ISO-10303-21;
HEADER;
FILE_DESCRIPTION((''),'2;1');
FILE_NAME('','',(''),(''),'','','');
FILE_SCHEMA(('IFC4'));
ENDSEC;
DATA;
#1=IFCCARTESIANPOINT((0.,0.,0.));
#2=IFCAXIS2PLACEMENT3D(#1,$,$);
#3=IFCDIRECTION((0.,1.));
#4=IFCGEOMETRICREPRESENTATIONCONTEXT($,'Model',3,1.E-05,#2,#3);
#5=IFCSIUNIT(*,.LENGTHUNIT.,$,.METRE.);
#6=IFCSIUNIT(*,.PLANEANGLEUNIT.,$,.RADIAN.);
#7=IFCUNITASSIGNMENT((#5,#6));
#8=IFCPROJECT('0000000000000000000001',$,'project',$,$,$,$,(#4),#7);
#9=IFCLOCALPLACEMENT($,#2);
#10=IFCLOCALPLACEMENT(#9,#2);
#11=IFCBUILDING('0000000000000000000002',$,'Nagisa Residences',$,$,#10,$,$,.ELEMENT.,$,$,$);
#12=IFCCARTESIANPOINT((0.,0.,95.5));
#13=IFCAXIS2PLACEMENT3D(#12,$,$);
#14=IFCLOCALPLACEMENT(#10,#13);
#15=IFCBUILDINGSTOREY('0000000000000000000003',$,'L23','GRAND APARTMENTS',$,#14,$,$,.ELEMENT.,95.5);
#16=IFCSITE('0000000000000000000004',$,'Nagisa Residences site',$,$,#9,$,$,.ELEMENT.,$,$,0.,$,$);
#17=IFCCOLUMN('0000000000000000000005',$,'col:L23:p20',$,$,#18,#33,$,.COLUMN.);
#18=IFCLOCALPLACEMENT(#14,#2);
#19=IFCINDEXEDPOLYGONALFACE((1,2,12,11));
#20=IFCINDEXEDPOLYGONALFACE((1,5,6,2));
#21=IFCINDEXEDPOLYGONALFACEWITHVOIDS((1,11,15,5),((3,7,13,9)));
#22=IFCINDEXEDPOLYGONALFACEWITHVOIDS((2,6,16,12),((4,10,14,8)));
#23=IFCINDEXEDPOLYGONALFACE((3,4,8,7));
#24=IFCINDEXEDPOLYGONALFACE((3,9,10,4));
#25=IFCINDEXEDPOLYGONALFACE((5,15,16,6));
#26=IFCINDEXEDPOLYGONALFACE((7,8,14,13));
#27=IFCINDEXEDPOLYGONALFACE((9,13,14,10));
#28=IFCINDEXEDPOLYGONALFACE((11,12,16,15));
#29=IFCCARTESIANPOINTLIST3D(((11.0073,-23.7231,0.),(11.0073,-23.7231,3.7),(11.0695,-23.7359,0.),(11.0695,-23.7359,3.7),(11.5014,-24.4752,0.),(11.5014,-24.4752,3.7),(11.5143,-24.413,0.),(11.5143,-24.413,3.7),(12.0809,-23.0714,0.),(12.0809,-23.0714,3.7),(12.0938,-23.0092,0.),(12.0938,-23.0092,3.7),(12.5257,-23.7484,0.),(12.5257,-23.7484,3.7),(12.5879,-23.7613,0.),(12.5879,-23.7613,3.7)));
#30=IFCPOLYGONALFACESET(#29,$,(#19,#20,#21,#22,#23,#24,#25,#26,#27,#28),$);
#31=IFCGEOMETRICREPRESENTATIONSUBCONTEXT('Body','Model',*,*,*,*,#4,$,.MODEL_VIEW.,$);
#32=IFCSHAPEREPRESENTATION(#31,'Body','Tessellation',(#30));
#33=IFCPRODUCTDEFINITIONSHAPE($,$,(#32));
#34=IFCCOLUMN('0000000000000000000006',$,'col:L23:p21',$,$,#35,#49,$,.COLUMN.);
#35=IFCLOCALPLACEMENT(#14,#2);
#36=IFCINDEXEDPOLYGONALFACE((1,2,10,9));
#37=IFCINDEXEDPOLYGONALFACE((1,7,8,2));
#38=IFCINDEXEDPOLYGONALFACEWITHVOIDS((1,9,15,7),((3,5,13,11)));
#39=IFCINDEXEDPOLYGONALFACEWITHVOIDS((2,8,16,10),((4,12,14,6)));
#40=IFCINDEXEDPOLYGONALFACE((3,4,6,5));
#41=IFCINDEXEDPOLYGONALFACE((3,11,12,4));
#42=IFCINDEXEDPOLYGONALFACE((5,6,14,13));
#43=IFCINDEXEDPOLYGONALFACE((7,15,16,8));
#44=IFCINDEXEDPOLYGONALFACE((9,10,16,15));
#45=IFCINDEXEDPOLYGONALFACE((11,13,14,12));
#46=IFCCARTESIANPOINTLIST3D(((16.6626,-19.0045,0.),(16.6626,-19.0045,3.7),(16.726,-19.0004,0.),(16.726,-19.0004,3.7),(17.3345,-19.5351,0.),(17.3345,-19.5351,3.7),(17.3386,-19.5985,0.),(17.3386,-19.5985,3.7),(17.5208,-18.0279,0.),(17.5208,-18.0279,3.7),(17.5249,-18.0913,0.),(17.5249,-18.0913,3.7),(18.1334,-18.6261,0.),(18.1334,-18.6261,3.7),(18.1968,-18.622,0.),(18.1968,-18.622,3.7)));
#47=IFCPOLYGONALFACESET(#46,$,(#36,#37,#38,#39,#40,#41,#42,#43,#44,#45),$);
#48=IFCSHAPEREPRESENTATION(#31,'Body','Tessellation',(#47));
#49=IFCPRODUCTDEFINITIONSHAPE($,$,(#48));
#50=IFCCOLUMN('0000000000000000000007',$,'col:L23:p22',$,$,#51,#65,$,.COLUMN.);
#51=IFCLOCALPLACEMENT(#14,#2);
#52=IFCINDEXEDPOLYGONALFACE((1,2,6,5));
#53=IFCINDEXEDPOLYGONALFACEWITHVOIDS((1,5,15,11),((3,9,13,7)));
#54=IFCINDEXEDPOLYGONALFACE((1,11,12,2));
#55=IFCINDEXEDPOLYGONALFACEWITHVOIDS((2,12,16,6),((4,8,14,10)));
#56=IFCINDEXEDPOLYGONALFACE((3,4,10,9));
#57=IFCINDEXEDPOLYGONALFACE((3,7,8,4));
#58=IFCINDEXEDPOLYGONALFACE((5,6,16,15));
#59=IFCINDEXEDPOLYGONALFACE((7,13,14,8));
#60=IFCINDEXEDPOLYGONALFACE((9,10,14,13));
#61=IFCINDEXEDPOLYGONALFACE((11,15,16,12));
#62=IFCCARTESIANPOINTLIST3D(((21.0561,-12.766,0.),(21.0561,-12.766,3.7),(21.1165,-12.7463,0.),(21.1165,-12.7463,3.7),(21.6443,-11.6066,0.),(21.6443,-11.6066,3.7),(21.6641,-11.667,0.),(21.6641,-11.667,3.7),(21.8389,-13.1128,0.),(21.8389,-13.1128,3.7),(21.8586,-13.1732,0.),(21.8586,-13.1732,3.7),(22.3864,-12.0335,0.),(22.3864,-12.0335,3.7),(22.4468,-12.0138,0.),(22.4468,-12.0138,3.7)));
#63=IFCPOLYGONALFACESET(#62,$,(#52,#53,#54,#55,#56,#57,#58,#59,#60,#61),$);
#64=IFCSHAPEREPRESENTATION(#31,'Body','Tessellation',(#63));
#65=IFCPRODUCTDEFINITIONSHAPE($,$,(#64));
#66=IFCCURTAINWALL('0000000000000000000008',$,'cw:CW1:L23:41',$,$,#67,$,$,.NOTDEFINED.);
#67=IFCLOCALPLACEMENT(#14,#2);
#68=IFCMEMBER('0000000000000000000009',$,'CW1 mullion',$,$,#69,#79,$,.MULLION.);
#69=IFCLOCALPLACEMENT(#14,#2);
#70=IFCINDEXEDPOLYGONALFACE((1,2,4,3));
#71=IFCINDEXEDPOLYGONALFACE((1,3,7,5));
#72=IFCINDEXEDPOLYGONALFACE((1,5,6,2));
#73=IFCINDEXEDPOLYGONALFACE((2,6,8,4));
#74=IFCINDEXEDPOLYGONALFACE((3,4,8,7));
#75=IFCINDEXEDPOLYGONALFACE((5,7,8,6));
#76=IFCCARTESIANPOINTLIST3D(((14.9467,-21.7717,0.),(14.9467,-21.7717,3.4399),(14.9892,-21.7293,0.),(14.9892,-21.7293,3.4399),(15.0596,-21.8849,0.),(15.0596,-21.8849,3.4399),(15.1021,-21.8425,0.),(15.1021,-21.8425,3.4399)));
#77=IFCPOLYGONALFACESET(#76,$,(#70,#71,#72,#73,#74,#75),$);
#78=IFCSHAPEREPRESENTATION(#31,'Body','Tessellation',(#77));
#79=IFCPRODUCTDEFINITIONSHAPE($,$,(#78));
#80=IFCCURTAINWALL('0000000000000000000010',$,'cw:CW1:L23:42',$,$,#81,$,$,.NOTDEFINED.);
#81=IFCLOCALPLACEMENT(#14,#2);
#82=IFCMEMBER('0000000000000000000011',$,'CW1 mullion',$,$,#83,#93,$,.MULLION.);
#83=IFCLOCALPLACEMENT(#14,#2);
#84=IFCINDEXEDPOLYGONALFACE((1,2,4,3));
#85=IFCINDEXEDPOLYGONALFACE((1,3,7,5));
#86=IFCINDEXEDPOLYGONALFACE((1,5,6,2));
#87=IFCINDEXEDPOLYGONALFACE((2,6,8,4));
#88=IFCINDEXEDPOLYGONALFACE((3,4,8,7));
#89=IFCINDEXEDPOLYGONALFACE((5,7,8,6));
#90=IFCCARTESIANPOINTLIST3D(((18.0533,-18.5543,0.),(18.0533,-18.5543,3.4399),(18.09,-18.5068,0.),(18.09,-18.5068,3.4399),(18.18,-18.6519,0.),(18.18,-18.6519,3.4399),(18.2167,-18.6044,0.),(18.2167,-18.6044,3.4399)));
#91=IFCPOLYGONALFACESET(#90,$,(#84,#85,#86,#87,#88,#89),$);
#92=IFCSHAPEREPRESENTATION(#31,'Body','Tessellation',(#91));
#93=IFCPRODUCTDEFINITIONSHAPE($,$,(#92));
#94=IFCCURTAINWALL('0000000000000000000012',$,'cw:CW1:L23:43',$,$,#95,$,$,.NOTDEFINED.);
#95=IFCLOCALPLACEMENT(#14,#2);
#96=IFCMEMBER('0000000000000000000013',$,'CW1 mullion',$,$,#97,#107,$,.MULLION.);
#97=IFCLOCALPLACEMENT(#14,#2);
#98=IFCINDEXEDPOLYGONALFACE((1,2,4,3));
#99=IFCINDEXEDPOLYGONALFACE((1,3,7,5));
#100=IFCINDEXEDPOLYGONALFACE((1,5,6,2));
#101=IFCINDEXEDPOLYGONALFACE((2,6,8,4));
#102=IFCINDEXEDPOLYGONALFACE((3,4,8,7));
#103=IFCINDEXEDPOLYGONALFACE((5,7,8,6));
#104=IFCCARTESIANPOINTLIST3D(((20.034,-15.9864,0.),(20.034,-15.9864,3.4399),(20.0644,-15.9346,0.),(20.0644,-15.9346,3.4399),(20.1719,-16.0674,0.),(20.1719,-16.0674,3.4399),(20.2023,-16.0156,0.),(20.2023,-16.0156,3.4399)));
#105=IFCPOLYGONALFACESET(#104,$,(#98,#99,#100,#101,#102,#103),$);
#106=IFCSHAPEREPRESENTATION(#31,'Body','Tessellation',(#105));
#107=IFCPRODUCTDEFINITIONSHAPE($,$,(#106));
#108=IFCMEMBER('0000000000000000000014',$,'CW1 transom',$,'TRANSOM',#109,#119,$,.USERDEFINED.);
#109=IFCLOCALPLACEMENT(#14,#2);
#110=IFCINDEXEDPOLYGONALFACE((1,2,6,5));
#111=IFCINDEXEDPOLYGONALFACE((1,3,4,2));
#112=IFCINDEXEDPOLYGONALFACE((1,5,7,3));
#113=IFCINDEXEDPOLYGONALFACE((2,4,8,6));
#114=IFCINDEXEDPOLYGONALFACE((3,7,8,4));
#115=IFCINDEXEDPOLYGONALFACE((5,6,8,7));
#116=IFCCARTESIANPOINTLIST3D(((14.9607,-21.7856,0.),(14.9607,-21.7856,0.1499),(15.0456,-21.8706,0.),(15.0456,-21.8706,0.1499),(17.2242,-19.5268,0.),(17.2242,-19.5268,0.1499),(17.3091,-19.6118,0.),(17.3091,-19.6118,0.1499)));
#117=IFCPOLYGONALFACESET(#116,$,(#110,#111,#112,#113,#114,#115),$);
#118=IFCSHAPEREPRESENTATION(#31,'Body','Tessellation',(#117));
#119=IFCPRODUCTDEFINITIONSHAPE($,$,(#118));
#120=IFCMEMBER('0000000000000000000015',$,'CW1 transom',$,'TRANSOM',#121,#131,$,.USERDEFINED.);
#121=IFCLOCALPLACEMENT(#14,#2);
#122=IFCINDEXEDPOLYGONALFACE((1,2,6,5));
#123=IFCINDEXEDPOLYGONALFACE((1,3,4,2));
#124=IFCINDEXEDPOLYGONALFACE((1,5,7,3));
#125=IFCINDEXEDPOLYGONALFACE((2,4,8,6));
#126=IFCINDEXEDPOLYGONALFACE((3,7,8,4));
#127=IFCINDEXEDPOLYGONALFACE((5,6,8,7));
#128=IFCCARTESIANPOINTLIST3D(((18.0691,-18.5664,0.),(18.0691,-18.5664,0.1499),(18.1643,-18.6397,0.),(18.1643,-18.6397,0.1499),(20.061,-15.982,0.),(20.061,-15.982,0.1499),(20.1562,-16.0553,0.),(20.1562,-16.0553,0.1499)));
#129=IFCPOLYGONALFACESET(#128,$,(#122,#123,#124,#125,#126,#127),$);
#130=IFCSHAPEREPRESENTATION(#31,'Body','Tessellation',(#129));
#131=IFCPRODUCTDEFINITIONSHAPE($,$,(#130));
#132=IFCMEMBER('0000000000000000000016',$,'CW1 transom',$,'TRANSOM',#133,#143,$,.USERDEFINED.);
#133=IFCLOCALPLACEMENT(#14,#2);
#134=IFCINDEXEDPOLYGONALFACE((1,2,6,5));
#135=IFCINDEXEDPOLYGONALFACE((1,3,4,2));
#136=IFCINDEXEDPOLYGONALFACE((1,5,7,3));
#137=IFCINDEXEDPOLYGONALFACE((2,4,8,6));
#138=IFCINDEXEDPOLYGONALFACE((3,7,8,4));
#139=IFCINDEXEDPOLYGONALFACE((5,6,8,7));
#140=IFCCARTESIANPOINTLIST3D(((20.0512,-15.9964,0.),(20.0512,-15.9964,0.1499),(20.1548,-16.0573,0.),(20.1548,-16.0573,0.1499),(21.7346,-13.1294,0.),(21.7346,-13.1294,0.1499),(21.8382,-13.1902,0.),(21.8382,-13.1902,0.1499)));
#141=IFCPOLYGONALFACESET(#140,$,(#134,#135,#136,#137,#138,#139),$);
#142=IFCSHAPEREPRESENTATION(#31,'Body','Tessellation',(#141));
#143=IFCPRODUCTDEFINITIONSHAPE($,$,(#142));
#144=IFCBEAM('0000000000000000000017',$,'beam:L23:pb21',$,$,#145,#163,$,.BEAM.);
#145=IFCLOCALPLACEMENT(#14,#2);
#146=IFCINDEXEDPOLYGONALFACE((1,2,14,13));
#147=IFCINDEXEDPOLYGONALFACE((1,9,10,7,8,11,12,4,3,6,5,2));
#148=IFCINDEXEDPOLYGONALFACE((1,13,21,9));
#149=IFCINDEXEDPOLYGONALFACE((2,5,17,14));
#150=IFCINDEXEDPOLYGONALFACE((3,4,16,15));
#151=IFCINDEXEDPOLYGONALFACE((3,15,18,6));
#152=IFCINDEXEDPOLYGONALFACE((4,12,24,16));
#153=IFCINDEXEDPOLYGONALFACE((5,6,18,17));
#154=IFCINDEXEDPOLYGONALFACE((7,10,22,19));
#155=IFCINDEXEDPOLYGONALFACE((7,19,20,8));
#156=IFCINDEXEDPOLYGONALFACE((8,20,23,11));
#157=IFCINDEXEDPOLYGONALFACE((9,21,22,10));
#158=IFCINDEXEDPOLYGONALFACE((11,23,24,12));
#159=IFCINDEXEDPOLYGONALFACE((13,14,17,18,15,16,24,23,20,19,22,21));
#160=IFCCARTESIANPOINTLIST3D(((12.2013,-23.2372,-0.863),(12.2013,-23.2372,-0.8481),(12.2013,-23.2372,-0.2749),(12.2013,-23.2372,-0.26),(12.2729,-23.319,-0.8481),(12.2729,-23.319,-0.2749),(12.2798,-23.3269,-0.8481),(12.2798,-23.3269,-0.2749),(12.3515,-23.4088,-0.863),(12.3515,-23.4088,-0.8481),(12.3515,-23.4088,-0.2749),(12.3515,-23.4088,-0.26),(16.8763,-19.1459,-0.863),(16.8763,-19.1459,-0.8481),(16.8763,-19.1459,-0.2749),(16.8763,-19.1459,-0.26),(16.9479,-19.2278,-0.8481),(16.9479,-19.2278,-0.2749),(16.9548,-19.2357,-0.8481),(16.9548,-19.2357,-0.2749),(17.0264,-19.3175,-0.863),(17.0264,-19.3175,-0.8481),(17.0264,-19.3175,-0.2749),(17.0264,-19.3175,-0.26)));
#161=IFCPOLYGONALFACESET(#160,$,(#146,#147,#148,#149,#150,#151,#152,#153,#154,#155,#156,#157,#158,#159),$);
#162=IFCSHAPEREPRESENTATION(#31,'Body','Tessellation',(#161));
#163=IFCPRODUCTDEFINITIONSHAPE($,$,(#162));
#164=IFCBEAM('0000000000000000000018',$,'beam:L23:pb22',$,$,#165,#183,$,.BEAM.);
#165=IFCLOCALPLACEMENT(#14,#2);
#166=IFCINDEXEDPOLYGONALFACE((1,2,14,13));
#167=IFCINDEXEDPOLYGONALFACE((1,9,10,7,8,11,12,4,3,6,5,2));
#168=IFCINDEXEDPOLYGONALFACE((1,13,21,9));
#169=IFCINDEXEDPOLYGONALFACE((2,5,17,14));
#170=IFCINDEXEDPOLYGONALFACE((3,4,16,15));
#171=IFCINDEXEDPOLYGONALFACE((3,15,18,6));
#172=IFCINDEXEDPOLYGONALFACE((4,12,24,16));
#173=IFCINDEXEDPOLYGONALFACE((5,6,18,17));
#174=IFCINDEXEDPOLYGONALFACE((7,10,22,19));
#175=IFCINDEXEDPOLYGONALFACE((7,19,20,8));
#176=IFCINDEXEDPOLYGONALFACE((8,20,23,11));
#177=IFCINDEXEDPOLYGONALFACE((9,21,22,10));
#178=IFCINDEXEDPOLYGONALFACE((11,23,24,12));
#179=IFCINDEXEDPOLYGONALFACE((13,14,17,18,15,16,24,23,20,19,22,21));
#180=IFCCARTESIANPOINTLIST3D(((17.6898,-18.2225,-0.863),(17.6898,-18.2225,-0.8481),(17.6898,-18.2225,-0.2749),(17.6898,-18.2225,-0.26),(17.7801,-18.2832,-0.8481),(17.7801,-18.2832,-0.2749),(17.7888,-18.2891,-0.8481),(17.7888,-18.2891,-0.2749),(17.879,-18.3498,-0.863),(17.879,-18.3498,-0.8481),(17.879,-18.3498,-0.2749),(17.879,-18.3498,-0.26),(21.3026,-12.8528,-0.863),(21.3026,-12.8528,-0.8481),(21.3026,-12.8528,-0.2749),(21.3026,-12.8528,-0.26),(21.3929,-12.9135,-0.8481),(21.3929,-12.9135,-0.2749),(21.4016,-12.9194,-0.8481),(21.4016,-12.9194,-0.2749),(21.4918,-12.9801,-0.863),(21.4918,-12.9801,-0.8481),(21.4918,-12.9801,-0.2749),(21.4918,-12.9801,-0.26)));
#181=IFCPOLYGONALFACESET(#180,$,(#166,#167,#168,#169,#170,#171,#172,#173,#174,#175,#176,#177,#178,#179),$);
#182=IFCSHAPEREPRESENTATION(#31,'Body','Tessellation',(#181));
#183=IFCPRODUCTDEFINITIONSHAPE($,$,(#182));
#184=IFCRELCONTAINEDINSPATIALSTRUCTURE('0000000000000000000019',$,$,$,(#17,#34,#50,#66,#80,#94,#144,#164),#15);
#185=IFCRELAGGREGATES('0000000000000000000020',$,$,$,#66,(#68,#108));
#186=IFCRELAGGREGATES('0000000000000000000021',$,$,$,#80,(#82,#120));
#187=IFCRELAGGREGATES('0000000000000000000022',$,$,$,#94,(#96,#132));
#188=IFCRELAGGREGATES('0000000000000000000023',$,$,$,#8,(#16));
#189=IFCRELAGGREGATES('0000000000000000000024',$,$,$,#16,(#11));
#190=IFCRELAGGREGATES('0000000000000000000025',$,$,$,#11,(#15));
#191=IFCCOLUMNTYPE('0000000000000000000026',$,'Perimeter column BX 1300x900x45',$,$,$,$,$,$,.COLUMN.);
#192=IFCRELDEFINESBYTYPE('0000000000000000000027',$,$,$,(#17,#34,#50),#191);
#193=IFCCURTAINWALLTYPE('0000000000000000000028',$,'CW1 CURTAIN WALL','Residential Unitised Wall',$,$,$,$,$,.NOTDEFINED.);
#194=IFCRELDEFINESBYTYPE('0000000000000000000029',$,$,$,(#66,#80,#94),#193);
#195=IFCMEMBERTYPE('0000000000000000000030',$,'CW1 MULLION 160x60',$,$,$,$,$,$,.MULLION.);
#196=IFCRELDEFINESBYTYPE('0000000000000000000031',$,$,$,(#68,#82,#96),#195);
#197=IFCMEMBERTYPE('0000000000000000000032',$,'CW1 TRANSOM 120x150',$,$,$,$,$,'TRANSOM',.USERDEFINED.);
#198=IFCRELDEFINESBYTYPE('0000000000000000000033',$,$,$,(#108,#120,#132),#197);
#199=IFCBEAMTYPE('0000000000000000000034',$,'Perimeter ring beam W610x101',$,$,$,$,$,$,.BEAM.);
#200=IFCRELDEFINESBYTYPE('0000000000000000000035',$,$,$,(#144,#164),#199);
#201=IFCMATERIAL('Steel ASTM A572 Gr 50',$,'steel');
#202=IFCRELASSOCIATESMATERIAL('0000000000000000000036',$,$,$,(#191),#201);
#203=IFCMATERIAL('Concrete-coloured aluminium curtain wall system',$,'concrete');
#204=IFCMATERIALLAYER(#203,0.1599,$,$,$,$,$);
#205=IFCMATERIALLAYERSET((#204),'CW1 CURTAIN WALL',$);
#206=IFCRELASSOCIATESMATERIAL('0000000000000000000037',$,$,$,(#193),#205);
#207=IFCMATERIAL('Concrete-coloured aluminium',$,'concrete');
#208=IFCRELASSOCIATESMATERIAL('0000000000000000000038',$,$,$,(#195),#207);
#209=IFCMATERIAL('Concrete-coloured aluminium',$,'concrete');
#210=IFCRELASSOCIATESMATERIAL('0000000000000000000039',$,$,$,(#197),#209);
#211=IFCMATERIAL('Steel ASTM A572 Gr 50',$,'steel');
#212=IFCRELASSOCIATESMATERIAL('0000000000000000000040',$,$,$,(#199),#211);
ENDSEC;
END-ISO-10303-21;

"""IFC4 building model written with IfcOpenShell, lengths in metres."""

from ifc_helpers import new_model, si_unit, direction, frame, origin, origin_2d, place, context, subcontext, project, spatial, rectangle, hollow_rectangle, i_section, extrude, material, layer, layer_set, material_profile, profile_set, type_object, element, aggregate, save


model = new_model("IFC4")

# Units and contexts
model_context = context("Model", 3, precision=1e-05, world=origin(), true_north=direction((0.0, 1.0)))
body_context = subcontext(model_context, "Body", "Model", "MODEL_VIEW")
ifc_project = project(units=[si_unit("LENGTHUNIT", "METRE"), si_unit("PLANEANGLEUNIT", "RADIAN")], contexts=[model_context])

# Site, building, storey
site_placement = place(None, origin())
site = spatial("IfcSite", under=ifc_project, at=site_placement, Name="Nagisa Residences site", CompositionType="ELEMENT", RefElevation=0.0)
building_placement = place(site_placement, origin())
building = spatial("IfcBuilding", under=site, at=building_placement, Name="Nagisa Residences", CompositionType="ELEMENT")
storey_placement = place(building_placement, frame((0.0, 0.0, 95.5)))
storey = spatial("IfcBuildingStorey", under=building, at=storey_placement, Name="L23", Description="GRAND APARTMENTS", CompositionType="ELEMENT", Elevation=95.5)

# Columns
ifc_material_1 = material(Name="Steel ASTM A572 Gr 50", Category="steel")
ifc_material_profile_1 = material_profile(ifc_material_1, hollow_rectangle(XDim=1.3, YDim=0.8999, WallThickness=0.0449, at=origin_2d()), Name="BX 1300x900x45")
ifc_profile_set_1 = profile_set([ifc_material_profile_1], Name="Steel ASTM A572 Gr 50")
column_type = type_object("IfcColumnType", Name="Perimeter column BX 1300x900x45", PredefinedType="COLUMN", material=ifc_profile_set_1)
for number, where, z_axis, x_axis, name in (
    (1, (11.7976, -23.7422, 0.0), (0.0, 0.0, 1.0), (0.835766, 0.549086, 0.0), "col:L23:p20"),
    (2, (17.4297, -18.8132, 0.0), (0.0, 0.0, 1.0), (0.660115, 0.751165, 0.0), "col:L23:p21"),
    (3, (21.7515, -12.3899, 0.0), (0.0, 0.0, 1.0), (0.452463, 0.891783, 0.0), "col:L23:p22"),
):
    element("IfcColumn", number, at=place(storey_placement, frame(where, z_axis=z_axis, x_axis=x_axis)), inside=storey, type_object=column_type, Name=name, PredefinedType="COLUMN", context=body_context, shape_type="SweptSolid", body=[
        extrude(hollow_rectangle(XDim=1.3, YDim=0.8999, WallThickness=0.0449, at=origin_2d()), origin(), (0.0, 0.0, 1.0), 3.7),
    ])

# Curtain walls, members
ifc_material_2 = material(Name="Concrete-coloured aluminium curtain wall system", Category="concrete")
ifc_layer_1 = layer(ifc_material_2, 0.1599)
ifc_layer_set_1 = layer_set([ifc_layer_1], Name="CW1 CURTAIN WALL")
curtain_wall_type = type_object("IfcCurtainWallType", Name="CW1 CURTAIN WALL", Description="Residential Unitised Wall", PredefinedType="NOTDEFINED", material=ifc_layer_set_1)
curtain_wall_1_placement = place(storey_placement, origin())
curtain_wall_1 = element("IfcCurtainWall", 4, at=curtain_wall_1_placement, inside=storey, type_object=curtain_wall_type, Name="cw:CW1:L23:41", PredefinedType="NOTDEFINED")
ifc_material_3 = material(Name="Concrete-coloured aluminium", Category="concrete")
ifc_material_profile_2 = material_profile(ifc_material_3, rectangle(XDim=0.1599, YDim=0.0601, at=origin_2d()), Name="CW1 MULLION 160x60")
ifc_profile_set_2 = profile_set([ifc_material_profile_2], Name="Concrete-coloured aluminium")
member_type_1 = type_object("IfcMemberType", Name="CW1 MULLION 160x60", PredefinedType="MULLION", material=ifc_profile_set_2)
member_1_placement = place(storey_placement, frame((15.0244, -21.8071, 0.0), z_axis=(0.0, 0.0, 1.0), x_axis=(-0.706377, 0.707836, 0.0)))
member_1 = element("IfcMember", 5, at=member_1_placement, type_object=member_type_1, Name="CW1 mullion", PredefinedType="MULLION", context=body_context, shape_type="SweptSolid", body=[
    extrude(rectangle(XDim=0.1599, YDim=0.0601, at=origin_2d()), origin(), (0.0, 0.0, 1.0), 3.4399),
])
curtain_wall_2_placement = place(storey_placement, origin())
curtain_wall_2 = element("IfcCurtainWall", 6, at=curtain_wall_2_placement, inside=storey, type_object=curtain_wall_type, Name="cw:CW1:L23:42", PredefinedType="NOTDEFINED")
member_2_placement = place(storey_placement, frame((18.135, -18.5793, 0.0), z_axis=(0.0, 0.0, 1.0), x_axis=(-0.79207, 0.61043, 0.0)))
member_2 = element("IfcMember", 7, at=member_2_placement, type_object=member_type_1, Name="CW1 mullion", PredefinedType="MULLION", context=body_context, shape_type="SweptSolid", body=[
    extrude(rectangle(XDim=0.1599, YDim=0.0601, at=origin_2d()), origin(), (0.0, 0.0, 1.0), 3.4399),
])
curtain_wall_3_placement = place(storey_placement, origin())
curtain_wall_3 = element("IfcCurtainWall", 8, at=curtain_wall_3_placement, inside=storey, type_object=curtain_wall_type, Name="cw:CW1:L23:43", PredefinedType="NOTDEFINED")
member_3_placement = place(storey_placement, frame((20.1182, -16.001, 0.0), z_axis=(0.0, 0.0, 1.0), x_axis=(-0.862329, 0.506349, 0.0)))
member_3 = element("IfcMember", 9, at=member_3_placement, type_object=member_type_1, Name="CW1 mullion", PredefinedType="MULLION", context=body_context, shape_type="SweptSolid", body=[
    extrude(rectangle(XDim=0.1599, YDim=0.0601, at=origin_2d()), origin(), (0.0, 0.0, 1.0), 3.4399),
])

# Members
ifc_material_4 = material(Name="Concrete-coloured aluminium", Category="concrete")
ifc_material_profile_3 = material_profile(ifc_material_4, rectangle(XDim=0.1201, YDim=0.1499, at=origin_2d()), Name="CW1 TRANSOM 120x150")
ifc_profile_set_3 = profile_set([ifc_material_profile_3], Name="Concrete-coloured aluminium")
member_type_2 = type_object("IfcMemberType", Name="CW1 TRANSOM 120x150", ElementType="TRANSOM", PredefinedType="USERDEFINED", material=ifc_profile_set_3)
member_4_placement = place(storey_placement, frame((15.0032, -21.8281, 0.075), z_axis=(0.707832, 0.706381, 0.0), x_axis=(-0.706381, 0.707832, 0.0)))
member_4 = element("IfcMember", 10, at=member_4_placement, type_object=member_type_2, Name="CW1 transom", ObjectType="TRANSOM", PredefinedType="USERDEFINED", context=body_context, shape_type="SweptSolid", body=[
    extrude(rectangle(XDim=0.1201, YDim=0.1499, at=origin_2d()), origin(), (0.0, 0.0, 1.0), 3.1978),
])
member_5_placement = place(storey_placement, frame((18.1167, -18.603, 0.075), z_axis=(0.610459, 0.792048, 0.0), x_axis=(-0.792048, 0.610459, 0.0)))
member_5 = element("IfcMember", 11, at=member_5_placement, type_object=member_type_2, Name="CW1 transom", ObjectType="TRANSOM", PredefinedType="USERDEFINED", context=body_context, shape_type="SweptSolid", body=[
    extrude(rectangle(XDim=0.1201, YDim=0.1499, at=origin_2d()), origin(), (0.0, 0.0, 1.0), 3.2629),
])
member_6_placement = place(storey_placement, frame((20.103, -16.0269, 0.075), z_axis=(0.50633, 0.86234, 0.0), x_axis=(-0.86234, 0.50633, 0.0)))
member_6 = element("IfcMember", 12, at=member_6_placement, type_object=member_type_2, Name="CW1 transom", ObjectType="TRANSOM", PredefinedType="USERDEFINED", context=body_context, shape_type="SweptSolid", body=[
    extrude(rectangle(XDim=0.1201, YDim=0.1499, at=origin_2d()), origin(), (0.0, 0.0, 1.0), 3.3247),
])

# Beams
ifc_material_5 = material(Name="Steel ASTM A572 Gr 50", Category="steel")
ifc_material_profile_4 = material_profile(ifc_material_5, i_section(OverallWidth=0.228, OverallDepth=0.603, WebThickness=0.0105, FlangeThickness=0.0149, at=origin_2d()), Name="W610x101")
ifc_profile_set_4 = profile_set([ifc_material_profile_4], Name="Steel ASTM A572 Gr 50")
beam_type_1 = type_object("IfcBeamType", Name="Perimeter ring beam W610x101", PredefinedType="BEAM", material=ifc_profile_set_4)
beam_1_placement = place(storey_placement, frame((12.2764, -23.323, -0.5615), z_axis=(0.752526, 0.658563, 0.0), x_axis=(-0.658563, 0.752526, 0.0)))
element("IfcBeam", 13, at=beam_1_placement, inside=storey, type_object=beam_type_1, Name="beam:L23:pb21", PredefinedType="BEAM", context=body_context, shape_type="SweptSolid", body=[
    extrude(i_section(OverallWidth=0.228, OverallDepth=0.603, WebThickness=0.0105, FlangeThickness=0.0149, at=origin_2d()), origin(), (0.0, 0.0, 1.0), 6.2124),
])
beam_2_placement = place(storey_placement, frame((17.7844, -18.2861, -0.5615), z_axis=(0.55823, 0.829687, 0.0), x_axis=(-0.829687, 0.55823, 0.0)))
element("IfcBeam", 14, at=beam_2_placement, inside=storey, type_object=beam_type_1, Name="beam:L23:pb22", PredefinedType="BEAM", context=body_context, shape_type="SweptSolid", body=[
    extrude(i_section(OverallWidth=0.228, OverallDepth=0.603, WebThickness=0.0105, FlangeThickness=0.0149, at=origin_2d()), origin(), (0.0, 0.0, 1.0), 6.4719),
])

aggregate(curtain_wall_1, [member_1, member_4])
aggregate(curtain_wall_2, [member_2, member_5])
aggregate(curtain_wall_3, [member_3, member_6])

save(model, "model.ifc")
